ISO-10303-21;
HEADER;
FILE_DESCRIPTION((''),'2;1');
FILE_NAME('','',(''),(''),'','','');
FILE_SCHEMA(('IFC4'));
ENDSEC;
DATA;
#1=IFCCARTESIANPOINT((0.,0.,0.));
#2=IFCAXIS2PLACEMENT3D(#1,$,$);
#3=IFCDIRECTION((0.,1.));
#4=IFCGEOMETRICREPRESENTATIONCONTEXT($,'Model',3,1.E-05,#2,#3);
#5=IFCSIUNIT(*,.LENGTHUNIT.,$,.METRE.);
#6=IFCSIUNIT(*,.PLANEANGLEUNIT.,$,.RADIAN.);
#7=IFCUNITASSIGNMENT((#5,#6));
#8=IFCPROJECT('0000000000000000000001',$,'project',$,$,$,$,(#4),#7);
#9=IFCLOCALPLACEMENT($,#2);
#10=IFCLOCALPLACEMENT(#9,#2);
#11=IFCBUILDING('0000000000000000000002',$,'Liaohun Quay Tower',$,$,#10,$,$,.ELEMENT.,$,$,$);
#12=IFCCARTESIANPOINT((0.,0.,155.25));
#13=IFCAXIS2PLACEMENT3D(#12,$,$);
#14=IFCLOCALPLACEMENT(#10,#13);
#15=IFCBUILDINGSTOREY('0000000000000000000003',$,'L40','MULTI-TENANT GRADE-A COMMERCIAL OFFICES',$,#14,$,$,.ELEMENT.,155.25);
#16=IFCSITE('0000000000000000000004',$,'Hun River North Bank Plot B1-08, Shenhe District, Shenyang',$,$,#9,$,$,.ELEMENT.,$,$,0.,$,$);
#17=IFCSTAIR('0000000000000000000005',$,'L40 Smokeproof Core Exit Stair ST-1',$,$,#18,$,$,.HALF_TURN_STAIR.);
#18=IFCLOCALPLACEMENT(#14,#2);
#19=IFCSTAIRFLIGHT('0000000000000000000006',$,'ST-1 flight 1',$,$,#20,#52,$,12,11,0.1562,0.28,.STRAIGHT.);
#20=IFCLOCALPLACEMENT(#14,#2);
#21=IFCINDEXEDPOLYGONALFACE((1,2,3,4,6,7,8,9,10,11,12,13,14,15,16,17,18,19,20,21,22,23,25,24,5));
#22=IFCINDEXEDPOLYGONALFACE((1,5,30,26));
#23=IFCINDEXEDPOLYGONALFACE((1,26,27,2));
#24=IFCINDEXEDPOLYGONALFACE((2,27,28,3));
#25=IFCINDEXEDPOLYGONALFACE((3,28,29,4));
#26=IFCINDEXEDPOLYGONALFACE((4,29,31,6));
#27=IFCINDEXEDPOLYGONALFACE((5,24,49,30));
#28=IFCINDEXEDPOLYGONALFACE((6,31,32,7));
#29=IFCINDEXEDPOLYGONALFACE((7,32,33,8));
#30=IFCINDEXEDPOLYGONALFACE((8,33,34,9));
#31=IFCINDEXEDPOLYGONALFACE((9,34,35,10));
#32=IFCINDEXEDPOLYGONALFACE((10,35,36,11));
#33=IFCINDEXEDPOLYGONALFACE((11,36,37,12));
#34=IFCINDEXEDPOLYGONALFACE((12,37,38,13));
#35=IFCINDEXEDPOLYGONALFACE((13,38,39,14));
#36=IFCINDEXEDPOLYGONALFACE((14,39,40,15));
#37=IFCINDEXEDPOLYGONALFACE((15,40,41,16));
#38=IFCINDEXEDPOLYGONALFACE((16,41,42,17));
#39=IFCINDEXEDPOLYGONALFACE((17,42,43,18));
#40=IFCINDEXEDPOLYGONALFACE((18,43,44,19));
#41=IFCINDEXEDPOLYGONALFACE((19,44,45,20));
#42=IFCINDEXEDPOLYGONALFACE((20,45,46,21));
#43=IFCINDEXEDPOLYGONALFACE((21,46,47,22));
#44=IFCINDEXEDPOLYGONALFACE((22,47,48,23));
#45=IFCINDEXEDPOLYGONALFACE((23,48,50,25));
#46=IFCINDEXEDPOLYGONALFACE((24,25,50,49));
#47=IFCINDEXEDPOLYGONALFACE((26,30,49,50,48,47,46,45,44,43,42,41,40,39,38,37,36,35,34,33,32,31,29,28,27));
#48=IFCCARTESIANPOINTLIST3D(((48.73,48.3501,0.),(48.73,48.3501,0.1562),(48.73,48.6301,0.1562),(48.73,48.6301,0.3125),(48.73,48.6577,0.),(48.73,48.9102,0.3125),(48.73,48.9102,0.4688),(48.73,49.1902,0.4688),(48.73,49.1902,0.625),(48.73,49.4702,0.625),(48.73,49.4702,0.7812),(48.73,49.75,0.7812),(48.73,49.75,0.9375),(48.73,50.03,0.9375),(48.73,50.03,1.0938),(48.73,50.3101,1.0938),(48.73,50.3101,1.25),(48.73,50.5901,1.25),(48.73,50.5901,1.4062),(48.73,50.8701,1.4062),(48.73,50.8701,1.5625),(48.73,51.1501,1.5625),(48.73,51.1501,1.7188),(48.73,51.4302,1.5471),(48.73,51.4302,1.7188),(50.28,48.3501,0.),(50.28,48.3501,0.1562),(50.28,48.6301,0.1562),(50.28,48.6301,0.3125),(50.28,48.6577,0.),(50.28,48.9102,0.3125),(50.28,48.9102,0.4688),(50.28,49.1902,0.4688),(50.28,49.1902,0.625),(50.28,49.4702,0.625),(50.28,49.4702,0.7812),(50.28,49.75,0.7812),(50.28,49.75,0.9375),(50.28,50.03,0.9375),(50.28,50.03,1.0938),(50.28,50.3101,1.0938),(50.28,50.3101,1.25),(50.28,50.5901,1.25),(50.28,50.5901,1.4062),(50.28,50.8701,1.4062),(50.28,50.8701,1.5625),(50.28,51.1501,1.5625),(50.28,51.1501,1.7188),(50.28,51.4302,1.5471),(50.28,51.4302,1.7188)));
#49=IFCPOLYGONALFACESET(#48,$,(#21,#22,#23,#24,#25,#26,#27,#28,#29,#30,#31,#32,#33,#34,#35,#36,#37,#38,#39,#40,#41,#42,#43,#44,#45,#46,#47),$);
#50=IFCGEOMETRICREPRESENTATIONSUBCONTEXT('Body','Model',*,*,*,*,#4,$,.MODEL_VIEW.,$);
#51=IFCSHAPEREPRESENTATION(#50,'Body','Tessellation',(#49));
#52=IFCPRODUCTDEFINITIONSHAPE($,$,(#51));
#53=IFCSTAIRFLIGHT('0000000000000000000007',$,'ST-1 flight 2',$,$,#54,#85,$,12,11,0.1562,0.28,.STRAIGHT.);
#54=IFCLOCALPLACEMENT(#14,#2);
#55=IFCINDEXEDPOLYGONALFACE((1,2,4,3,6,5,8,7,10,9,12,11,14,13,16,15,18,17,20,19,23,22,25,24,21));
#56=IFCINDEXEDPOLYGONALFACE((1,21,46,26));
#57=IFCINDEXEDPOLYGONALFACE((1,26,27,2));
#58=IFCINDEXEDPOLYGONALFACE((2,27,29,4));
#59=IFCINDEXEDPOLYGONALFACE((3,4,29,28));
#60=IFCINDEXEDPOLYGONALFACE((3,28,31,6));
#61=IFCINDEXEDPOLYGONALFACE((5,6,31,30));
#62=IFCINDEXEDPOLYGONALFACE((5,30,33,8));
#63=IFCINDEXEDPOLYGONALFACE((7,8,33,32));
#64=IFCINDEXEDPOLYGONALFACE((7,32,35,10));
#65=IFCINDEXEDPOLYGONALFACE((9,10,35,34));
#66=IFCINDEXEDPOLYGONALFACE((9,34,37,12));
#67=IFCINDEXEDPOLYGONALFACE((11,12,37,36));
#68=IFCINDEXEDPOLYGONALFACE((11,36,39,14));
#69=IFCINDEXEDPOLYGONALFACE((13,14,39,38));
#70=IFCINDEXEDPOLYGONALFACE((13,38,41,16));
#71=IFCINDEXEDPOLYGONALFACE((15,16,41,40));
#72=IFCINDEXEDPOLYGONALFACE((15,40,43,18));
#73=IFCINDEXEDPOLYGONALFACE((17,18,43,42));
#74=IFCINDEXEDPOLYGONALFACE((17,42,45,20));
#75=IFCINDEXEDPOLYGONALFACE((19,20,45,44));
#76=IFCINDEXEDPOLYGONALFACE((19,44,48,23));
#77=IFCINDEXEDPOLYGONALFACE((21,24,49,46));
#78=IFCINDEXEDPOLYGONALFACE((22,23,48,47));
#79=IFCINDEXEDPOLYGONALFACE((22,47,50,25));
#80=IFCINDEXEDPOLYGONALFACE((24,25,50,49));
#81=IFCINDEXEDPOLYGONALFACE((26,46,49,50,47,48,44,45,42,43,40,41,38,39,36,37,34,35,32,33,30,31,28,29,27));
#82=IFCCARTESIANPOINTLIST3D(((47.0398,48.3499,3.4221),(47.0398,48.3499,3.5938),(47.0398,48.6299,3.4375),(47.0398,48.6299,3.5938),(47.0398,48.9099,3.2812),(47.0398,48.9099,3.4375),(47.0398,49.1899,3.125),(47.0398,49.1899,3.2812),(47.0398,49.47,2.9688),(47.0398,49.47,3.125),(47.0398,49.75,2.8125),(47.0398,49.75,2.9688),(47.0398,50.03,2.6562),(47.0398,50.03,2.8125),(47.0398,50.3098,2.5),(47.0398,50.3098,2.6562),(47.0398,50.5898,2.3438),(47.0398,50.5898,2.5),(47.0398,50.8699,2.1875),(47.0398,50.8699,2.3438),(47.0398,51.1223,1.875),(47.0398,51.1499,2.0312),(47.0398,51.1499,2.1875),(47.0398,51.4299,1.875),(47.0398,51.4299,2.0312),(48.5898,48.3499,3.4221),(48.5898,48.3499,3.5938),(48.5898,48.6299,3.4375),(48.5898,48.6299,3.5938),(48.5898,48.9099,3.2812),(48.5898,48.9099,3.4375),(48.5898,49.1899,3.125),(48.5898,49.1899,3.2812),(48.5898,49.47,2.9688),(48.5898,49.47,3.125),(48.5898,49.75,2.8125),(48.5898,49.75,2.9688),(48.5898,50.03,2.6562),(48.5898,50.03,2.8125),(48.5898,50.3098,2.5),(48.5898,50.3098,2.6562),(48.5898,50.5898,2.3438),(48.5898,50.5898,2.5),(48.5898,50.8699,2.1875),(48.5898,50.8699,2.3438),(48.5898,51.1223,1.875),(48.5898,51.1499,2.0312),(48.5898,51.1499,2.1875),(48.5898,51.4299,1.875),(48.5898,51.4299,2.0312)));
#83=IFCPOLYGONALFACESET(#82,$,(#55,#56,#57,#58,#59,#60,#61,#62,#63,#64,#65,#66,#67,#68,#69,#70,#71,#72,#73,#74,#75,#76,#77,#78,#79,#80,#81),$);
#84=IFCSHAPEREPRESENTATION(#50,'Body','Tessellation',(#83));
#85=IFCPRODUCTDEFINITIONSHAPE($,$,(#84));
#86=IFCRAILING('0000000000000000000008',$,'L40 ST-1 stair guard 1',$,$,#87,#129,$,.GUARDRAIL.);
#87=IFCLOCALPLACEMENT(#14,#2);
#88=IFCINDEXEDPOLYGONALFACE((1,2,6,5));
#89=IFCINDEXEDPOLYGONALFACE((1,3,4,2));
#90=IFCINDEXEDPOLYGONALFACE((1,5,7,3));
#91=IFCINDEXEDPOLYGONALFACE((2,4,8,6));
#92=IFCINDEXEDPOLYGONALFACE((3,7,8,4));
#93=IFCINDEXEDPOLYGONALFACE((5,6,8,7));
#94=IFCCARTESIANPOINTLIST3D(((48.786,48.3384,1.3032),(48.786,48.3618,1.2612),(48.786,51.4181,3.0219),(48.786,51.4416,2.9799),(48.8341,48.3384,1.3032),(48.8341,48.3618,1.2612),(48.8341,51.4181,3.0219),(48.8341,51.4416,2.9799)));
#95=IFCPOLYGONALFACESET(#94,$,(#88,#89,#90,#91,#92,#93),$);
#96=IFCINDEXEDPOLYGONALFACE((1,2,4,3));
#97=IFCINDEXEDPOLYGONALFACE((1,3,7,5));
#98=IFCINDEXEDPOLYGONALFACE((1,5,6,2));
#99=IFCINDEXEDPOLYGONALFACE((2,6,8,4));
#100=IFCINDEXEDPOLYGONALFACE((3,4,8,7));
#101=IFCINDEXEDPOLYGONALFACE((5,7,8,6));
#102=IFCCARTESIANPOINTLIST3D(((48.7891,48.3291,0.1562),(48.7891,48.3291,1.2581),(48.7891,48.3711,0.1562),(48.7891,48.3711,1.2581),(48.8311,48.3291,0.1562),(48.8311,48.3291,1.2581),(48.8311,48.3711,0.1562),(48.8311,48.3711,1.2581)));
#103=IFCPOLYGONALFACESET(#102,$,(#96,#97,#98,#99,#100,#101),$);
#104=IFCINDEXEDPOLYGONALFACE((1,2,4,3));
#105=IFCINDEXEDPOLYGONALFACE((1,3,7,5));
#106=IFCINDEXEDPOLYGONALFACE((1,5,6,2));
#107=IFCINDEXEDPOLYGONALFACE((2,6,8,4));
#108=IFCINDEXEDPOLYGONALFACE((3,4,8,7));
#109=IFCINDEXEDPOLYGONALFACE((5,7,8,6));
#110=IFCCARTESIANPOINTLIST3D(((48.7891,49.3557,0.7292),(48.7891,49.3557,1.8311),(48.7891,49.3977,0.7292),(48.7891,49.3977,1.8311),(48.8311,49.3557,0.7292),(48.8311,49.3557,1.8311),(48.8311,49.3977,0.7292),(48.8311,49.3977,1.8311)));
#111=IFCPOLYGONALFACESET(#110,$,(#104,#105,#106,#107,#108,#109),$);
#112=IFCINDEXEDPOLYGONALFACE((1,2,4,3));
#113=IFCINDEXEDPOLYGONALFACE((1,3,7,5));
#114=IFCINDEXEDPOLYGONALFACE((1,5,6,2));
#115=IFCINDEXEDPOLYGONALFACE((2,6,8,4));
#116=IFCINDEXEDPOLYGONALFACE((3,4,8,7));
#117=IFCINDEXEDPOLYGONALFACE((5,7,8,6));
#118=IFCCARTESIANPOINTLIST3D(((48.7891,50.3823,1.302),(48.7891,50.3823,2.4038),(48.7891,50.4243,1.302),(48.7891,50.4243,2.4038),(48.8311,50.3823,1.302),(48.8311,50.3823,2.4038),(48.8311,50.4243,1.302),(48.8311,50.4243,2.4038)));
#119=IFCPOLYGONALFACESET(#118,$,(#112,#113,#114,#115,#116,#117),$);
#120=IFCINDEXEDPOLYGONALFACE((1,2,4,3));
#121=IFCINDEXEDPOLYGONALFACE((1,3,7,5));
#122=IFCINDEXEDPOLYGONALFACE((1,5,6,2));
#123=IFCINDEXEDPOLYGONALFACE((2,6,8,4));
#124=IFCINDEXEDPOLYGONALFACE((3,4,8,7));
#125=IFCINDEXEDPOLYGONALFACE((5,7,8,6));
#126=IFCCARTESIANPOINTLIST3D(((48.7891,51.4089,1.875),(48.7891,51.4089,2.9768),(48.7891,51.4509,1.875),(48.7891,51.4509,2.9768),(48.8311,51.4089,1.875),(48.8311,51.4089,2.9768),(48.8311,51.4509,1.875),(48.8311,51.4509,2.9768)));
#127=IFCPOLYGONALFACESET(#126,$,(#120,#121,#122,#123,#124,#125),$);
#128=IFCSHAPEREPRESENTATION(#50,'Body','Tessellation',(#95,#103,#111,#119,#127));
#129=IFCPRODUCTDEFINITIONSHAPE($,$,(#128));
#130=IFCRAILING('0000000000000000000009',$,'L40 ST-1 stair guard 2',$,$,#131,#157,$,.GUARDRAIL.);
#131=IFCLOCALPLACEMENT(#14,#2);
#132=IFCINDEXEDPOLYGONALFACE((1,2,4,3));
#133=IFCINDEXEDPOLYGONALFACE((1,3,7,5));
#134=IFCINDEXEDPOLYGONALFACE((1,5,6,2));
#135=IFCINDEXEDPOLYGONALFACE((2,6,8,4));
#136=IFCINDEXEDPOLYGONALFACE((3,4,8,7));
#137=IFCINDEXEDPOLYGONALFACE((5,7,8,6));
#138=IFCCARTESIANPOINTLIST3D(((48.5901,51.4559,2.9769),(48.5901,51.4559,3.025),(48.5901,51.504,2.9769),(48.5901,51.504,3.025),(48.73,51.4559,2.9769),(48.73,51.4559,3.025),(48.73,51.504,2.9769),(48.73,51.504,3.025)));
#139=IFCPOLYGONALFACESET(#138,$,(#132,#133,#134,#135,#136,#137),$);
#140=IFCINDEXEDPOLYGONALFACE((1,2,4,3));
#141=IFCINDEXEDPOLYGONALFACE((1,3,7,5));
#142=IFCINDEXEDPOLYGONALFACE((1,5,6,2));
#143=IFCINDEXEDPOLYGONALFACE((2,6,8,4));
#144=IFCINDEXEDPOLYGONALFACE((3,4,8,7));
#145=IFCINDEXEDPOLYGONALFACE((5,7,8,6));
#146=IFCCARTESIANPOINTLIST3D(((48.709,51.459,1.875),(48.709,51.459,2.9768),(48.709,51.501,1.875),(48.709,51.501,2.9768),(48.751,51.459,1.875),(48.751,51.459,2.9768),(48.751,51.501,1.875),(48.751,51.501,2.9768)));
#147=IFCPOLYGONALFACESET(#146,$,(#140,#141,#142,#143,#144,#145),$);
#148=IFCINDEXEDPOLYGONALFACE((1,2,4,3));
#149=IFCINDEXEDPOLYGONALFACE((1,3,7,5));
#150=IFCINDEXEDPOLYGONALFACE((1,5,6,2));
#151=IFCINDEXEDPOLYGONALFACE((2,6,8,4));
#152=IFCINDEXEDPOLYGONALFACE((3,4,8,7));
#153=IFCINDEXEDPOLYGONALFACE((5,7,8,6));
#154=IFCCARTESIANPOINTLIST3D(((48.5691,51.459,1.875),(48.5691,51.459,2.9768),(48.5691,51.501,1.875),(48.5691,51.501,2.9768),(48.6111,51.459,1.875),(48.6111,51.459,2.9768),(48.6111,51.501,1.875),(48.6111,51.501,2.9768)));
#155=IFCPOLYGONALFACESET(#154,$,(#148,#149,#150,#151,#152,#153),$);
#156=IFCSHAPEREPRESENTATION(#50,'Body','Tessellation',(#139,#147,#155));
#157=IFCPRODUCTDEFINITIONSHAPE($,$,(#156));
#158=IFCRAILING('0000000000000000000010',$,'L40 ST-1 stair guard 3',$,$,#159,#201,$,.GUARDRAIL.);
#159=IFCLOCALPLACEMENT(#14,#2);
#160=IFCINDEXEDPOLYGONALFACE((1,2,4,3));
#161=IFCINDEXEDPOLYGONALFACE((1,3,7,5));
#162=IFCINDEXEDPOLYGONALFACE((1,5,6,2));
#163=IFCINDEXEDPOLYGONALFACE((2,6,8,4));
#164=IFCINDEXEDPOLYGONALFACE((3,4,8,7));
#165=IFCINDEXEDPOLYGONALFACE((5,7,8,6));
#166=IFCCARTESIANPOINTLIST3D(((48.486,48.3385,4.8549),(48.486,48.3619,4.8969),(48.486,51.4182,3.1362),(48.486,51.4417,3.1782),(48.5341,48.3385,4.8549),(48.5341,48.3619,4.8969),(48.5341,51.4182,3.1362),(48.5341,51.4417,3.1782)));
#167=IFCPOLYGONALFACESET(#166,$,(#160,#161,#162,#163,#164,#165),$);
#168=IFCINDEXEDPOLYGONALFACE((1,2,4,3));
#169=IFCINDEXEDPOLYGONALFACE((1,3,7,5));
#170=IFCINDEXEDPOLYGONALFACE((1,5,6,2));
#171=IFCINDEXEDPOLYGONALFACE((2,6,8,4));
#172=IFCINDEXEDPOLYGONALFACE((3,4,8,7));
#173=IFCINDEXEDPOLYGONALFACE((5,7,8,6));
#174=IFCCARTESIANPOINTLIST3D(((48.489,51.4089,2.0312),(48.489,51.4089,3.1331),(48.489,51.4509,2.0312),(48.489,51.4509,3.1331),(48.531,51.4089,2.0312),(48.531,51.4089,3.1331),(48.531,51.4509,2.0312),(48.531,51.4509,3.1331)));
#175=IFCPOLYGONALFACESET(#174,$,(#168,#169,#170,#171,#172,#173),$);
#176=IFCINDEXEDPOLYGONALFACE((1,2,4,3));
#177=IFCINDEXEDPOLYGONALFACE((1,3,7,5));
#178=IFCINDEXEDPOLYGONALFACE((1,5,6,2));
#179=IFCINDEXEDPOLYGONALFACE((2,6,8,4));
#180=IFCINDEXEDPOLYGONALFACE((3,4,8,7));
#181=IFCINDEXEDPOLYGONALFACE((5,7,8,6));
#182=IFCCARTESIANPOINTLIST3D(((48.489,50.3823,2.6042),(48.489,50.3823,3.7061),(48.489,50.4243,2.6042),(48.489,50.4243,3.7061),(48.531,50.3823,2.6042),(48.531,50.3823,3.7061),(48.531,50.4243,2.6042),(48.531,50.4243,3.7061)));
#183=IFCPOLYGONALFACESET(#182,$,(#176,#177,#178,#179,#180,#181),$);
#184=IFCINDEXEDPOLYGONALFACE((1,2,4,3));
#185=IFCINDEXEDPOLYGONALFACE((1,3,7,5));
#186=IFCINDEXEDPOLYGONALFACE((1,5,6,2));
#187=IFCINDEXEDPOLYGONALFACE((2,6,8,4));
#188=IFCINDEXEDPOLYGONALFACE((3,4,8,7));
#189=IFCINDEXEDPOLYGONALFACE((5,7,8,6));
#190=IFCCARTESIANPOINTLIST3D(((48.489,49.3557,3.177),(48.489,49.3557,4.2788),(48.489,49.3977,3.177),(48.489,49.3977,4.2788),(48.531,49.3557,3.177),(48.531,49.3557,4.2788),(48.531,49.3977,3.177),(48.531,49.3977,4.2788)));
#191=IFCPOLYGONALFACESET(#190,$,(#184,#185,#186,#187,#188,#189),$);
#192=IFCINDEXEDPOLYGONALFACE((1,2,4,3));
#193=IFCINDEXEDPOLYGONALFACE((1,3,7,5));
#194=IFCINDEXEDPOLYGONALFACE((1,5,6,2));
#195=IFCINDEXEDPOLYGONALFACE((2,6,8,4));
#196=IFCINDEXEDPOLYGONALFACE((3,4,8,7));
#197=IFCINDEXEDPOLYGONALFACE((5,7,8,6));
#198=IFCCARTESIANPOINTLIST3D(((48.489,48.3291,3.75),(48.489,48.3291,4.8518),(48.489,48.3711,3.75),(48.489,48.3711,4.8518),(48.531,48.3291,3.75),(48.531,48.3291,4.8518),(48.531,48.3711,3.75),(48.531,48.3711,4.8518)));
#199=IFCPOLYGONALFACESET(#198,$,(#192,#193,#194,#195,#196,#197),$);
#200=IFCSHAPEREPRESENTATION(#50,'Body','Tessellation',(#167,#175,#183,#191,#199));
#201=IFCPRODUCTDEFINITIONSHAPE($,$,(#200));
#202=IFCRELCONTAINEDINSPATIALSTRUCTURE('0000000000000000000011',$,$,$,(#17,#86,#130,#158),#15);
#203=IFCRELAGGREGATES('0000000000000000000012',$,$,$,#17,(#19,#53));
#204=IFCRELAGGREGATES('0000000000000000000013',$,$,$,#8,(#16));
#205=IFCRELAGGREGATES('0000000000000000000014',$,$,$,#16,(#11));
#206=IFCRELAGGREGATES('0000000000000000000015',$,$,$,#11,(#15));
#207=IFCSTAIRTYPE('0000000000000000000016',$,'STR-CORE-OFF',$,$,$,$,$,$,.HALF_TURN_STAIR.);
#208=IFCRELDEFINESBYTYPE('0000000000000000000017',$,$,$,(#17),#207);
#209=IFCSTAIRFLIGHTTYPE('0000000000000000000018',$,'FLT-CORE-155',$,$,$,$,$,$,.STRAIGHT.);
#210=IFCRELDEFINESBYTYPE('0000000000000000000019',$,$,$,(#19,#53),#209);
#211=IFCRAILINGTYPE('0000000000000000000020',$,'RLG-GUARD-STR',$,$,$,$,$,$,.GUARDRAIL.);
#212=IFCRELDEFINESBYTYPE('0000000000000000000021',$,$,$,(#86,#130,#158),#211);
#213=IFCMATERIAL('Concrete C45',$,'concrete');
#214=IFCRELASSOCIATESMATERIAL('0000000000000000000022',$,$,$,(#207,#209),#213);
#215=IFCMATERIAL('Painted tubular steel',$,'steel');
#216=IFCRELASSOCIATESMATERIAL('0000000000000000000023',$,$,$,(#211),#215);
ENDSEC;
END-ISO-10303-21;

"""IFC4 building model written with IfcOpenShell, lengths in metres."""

from ifc_helpers import new_model, si_unit, direction, frame, origin, origin_2d, place, context, subcontext, project, spatial, polyline, rectangle, outline, extrude, material, type_object, element, aggregate, save


model = new_model("IFC4")

# Units and contexts
model_context = context("Model", 3, precision=1e-05, world=origin(), true_north=direction((0.0, 1.0)))
body_context = subcontext(model_context, "Body", "Model", "MODEL_VIEW")
ifc_project = project(units=[si_unit("LENGTHUNIT", "METRE"), si_unit("PLANEANGLEUNIT", "RADIAN")], contexts=[model_context])

# Site, building, storey
site_placement = place(None, origin())
site = spatial("IfcSite", under=ifc_project, at=site_placement, Name="Hun River North Bank Plot B1-08, Shenhe District, Shenyang", CompositionType="ELEMENT", RefElevation=0.0)
building_placement = place(site_placement, origin())
building = spatial("IfcBuilding", under=site, at=building_placement, Name="Liaohun Quay Tower", CompositionType="ELEMENT")
storey_placement = place(building_placement, frame((0.0, 0.0, 155.25)))
storey = spatial("IfcBuildingStorey", under=building, at=storey_placement, Name="L40", Description="MULTI-TENANT GRADE-A COMMERCIAL OFFICES", CompositionType="ELEMENT", Elevation=155.25)

# Stair
ifc_material_1 = material(Name="Concrete C45", Category="concrete")
stair_type = type_object("IfcStairType", Name="STR-CORE-OFF", PredefinedType="HALF_TURN_STAIR", material=ifc_material_1)
stair_1_placement = place(storey_placement, origin())
stair_1 = element("IfcStair", 1, at=stair_1_placement, inside=storey, type_object=stair_type, Name="L40 Smokeproof Core Exit Stair ST-1", PredefinedType="HALF_TURN_STAIR")

# Stair flights
stair_flight_type = type_object("IfcStairFlightType", Name="FLT-CORE-155", PredefinedType="STRAIGHT", material=ifc_material_1)
stair_flight_1_placement = place(storey_placement, frame((49.5049, 48.3501, 0.0), z_axis=(0.0, 0.0, 1.0), x_axis=(0.0, 1.0, 0.0)))
stair_flight_1 = element("IfcStairFlight", 2, at=stair_flight_1_placement, type_object=stair_flight_type, Name="ST-1 flight 1", NumberOfRisers=12, NumberOfTreads=11, PredefinedType="STRAIGHT", RiserHeight=0.1562, TreadLength=0.28, context=body_context, shape_type="SweptSolid", body=[
    extrude(outline(polyline([(0.0, 0.0), (0.0, 0.1562), (0.28, 0.1562), (0.28, 0.3125), (0.5601, 0.3125), (0.5601, 0.4688), (0.8401, 0.4688), (0.8401, 0.625), (1.1201, 0.625), (1.1201, 0.7812), (1.3999, 0.7812), (1.3999, 0.9375), (1.6799, 0.9375), (1.6799, 1.0938), (1.96, 1.0938), (1.96, 1.25), (2.24, 1.25), (2.24, 1.4062), (2.52, 1.4062), (2.52, 1.5625), (2.8, 1.5625), (2.8, 1.7188), (3.0801, 1.7188), (3.0801, 1.875), (3.0801, 1.5471), (0.3076, 0.0), (0.0, 0.0)])), frame((0.0, 0.7749, 0.0), z_axis=(0.0, -1.0, 0.0), x_axis=(1.0, 0.0, 0.0)), (0.0, 0.0, 1.0), 1.55),
])
stair_flight_2_placement = place(storey_placement, frame((47.8149, 51.4299, 1.875), z_axis=(0.0, 0.0, 1.0), x_axis=(0.0, -1.0, 0.0)))
stair_flight_2 = element("IfcStairFlight", 3, at=stair_flight_2_placement, type_object=stair_flight_type, Name="ST-1 flight 2", NumberOfRisers=12, NumberOfTreads=11, PredefinedType="STRAIGHT", RiserHeight=0.1562, TreadLength=0.28, context=body_context, shape_type="SweptSolid", body=[
    extrude(outline(polyline([(0.0, 0.0), (0.0, 0.1562), (0.28, 0.1562), (0.28, 0.3125), (0.5601, 0.3125), (0.5601, 0.4688), (0.8401, 0.4688), (0.8401, 0.625), (1.1201, 0.625), (1.1201, 0.7812), (1.3999, 0.7812), (1.3999, 0.9375), (1.6799, 0.9375), (1.6799, 1.0938), (1.96, 1.0938), (1.96, 1.25), (2.24, 1.25), (2.24, 1.4062), (2.52, 1.4062), (2.52, 1.5625), (2.8, 1.5625), (2.8, 1.7188), (3.0801, 1.7188), (3.0801, 1.875), (3.0801, 1.5471), (0.3076, 0.0), (0.0, 0.0)])), frame((0.0, 0.7749, 0.0), z_axis=(0.0, -1.0, 0.0), x_axis=(1.0, 0.0, 0.0)), (0.0, 0.0, 1.0), 1.55),
])
aggregate(stair_1, [stair_flight_1, stair_flight_2])

# Railings
ifc_material_2 = material(Name="Painted tubular steel", Category="steel")
railing_type_1 = type_object("IfcRailingType", Name="RLG-GUARD-STR", PredefinedType="GUARDRAIL", material=ifc_material_2)
railing_1_placement = place(storey_placement, frame((48.8101, 48.3501, 0.1562)))
element("IfcRailing", 4, at=railing_1_placement, inside=storey, type_object=railing_type_1, Name="L40 ST-1 stair guard 1", PredefinedType="GUARDRAIL", context=body_context, shape_type="SweptSolid", body=[
    extrude(rectangle(XDim=0.0481, YDim=0.0481, at=origin_2d()), frame((0.0, 0.0, 1.126), z_axis=(0.0, 0.873225, 0.487317), x_axis=(-1.0, 0.0, 0.0)), (0.0, 0.0, 1.0), 3.5269),
    extrude(rectangle(XDim=0.042, YDim=0.042, at=origin_2d()), origin(), (0.0, 0.0, 1.0), 1.1018),
    extrude(rectangle(XDim=0.042, YDim=0.042, at=origin_2d()), frame((0.0, 1.0266, 0.573)), (0.0, 0.0, 1.0), 1.1018),
    extrude(rectangle(XDim=0.042, YDim=0.042, at=origin_2d()), frame((0.0, 2.0532, 1.1458)), (0.0, 0.0, 1.0), 1.1018),
    extrude(rectangle(XDim=0.042, YDim=0.042, at=origin_2d()), frame((0.0, 3.0798, 1.7188)), (0.0, 0.0, 1.0), 1.1018),
])
railing_2_placement = place(storey_placement, frame((48.73, 51.48, 1.875)))
element("IfcRailing", 5, at=railing_2_placement, inside=storey, type_object=railing_type_1, Name="L40 ST-1 stair guard 2", PredefinedType="GUARDRAIL", context=body_context, shape_type="SweptSolid", body=[
    extrude(rectangle(XDim=0.0481, YDim=0.0481, at=origin_2d()), frame((0.0, 0.0, 1.126), z_axis=(-1.0, 0.0, 0.0), x_axis=(0.0, -1.0, 0.0)), (0.0, 0.0, 1.0), 0.1399),
    extrude(rectangle(XDim=0.042, YDim=0.042, at=origin_2d()), origin(), (0.0, 0.0, 1.0), 1.1018),
    extrude(rectangle(XDim=0.042, YDim=0.042, at=origin_2d()), frame((-0.1399, 0.0, 0.0)), (0.0, 0.0, 1.0), 1.1018),
])
railing_3_placement = place(storey_placement, frame((48.51, 51.4299, 2.0312)))
element("IfcRailing", 6, at=railing_3_placement, inside=storey, type_object=railing_type_1, Name="L40 ST-1 stair guard 3", PredefinedType="GUARDRAIL", context=body_context, shape_type="SweptSolid", body=[
    extrude(rectangle(XDim=0.0481, YDim=0.0481, at=origin_2d()), frame((0.0, 0.0, 1.126), z_axis=(0.0, -0.873225, 0.487317), x_axis=(1.0, 0.0, 0.0)), (0.0, 0.0, 1.0), 3.5269),
    extrude(rectangle(XDim=0.042, YDim=0.042, at=origin_2d()), origin(), (0.0, 0.0, 1.0), 1.1018),
    extrude(rectangle(XDim=0.042, YDim=0.042, at=origin_2d()), frame((0.0, -1.0266, 0.573)), (0.0, 0.0, 1.0), 1.1018),
    extrude(rectangle(XDim=0.042, YDim=0.042, at=origin_2d()), frame((0.0, -2.0532, 1.1458)), (0.0, 0.0, 1.0), 1.1018),
    extrude(rectangle(XDim=0.042, YDim=0.042, at=origin_2d()), frame((0.0, -3.0798, 1.7188)), (0.0, 0.0, 1.0), 1.1018),
])

save(model, "model.ifc")
